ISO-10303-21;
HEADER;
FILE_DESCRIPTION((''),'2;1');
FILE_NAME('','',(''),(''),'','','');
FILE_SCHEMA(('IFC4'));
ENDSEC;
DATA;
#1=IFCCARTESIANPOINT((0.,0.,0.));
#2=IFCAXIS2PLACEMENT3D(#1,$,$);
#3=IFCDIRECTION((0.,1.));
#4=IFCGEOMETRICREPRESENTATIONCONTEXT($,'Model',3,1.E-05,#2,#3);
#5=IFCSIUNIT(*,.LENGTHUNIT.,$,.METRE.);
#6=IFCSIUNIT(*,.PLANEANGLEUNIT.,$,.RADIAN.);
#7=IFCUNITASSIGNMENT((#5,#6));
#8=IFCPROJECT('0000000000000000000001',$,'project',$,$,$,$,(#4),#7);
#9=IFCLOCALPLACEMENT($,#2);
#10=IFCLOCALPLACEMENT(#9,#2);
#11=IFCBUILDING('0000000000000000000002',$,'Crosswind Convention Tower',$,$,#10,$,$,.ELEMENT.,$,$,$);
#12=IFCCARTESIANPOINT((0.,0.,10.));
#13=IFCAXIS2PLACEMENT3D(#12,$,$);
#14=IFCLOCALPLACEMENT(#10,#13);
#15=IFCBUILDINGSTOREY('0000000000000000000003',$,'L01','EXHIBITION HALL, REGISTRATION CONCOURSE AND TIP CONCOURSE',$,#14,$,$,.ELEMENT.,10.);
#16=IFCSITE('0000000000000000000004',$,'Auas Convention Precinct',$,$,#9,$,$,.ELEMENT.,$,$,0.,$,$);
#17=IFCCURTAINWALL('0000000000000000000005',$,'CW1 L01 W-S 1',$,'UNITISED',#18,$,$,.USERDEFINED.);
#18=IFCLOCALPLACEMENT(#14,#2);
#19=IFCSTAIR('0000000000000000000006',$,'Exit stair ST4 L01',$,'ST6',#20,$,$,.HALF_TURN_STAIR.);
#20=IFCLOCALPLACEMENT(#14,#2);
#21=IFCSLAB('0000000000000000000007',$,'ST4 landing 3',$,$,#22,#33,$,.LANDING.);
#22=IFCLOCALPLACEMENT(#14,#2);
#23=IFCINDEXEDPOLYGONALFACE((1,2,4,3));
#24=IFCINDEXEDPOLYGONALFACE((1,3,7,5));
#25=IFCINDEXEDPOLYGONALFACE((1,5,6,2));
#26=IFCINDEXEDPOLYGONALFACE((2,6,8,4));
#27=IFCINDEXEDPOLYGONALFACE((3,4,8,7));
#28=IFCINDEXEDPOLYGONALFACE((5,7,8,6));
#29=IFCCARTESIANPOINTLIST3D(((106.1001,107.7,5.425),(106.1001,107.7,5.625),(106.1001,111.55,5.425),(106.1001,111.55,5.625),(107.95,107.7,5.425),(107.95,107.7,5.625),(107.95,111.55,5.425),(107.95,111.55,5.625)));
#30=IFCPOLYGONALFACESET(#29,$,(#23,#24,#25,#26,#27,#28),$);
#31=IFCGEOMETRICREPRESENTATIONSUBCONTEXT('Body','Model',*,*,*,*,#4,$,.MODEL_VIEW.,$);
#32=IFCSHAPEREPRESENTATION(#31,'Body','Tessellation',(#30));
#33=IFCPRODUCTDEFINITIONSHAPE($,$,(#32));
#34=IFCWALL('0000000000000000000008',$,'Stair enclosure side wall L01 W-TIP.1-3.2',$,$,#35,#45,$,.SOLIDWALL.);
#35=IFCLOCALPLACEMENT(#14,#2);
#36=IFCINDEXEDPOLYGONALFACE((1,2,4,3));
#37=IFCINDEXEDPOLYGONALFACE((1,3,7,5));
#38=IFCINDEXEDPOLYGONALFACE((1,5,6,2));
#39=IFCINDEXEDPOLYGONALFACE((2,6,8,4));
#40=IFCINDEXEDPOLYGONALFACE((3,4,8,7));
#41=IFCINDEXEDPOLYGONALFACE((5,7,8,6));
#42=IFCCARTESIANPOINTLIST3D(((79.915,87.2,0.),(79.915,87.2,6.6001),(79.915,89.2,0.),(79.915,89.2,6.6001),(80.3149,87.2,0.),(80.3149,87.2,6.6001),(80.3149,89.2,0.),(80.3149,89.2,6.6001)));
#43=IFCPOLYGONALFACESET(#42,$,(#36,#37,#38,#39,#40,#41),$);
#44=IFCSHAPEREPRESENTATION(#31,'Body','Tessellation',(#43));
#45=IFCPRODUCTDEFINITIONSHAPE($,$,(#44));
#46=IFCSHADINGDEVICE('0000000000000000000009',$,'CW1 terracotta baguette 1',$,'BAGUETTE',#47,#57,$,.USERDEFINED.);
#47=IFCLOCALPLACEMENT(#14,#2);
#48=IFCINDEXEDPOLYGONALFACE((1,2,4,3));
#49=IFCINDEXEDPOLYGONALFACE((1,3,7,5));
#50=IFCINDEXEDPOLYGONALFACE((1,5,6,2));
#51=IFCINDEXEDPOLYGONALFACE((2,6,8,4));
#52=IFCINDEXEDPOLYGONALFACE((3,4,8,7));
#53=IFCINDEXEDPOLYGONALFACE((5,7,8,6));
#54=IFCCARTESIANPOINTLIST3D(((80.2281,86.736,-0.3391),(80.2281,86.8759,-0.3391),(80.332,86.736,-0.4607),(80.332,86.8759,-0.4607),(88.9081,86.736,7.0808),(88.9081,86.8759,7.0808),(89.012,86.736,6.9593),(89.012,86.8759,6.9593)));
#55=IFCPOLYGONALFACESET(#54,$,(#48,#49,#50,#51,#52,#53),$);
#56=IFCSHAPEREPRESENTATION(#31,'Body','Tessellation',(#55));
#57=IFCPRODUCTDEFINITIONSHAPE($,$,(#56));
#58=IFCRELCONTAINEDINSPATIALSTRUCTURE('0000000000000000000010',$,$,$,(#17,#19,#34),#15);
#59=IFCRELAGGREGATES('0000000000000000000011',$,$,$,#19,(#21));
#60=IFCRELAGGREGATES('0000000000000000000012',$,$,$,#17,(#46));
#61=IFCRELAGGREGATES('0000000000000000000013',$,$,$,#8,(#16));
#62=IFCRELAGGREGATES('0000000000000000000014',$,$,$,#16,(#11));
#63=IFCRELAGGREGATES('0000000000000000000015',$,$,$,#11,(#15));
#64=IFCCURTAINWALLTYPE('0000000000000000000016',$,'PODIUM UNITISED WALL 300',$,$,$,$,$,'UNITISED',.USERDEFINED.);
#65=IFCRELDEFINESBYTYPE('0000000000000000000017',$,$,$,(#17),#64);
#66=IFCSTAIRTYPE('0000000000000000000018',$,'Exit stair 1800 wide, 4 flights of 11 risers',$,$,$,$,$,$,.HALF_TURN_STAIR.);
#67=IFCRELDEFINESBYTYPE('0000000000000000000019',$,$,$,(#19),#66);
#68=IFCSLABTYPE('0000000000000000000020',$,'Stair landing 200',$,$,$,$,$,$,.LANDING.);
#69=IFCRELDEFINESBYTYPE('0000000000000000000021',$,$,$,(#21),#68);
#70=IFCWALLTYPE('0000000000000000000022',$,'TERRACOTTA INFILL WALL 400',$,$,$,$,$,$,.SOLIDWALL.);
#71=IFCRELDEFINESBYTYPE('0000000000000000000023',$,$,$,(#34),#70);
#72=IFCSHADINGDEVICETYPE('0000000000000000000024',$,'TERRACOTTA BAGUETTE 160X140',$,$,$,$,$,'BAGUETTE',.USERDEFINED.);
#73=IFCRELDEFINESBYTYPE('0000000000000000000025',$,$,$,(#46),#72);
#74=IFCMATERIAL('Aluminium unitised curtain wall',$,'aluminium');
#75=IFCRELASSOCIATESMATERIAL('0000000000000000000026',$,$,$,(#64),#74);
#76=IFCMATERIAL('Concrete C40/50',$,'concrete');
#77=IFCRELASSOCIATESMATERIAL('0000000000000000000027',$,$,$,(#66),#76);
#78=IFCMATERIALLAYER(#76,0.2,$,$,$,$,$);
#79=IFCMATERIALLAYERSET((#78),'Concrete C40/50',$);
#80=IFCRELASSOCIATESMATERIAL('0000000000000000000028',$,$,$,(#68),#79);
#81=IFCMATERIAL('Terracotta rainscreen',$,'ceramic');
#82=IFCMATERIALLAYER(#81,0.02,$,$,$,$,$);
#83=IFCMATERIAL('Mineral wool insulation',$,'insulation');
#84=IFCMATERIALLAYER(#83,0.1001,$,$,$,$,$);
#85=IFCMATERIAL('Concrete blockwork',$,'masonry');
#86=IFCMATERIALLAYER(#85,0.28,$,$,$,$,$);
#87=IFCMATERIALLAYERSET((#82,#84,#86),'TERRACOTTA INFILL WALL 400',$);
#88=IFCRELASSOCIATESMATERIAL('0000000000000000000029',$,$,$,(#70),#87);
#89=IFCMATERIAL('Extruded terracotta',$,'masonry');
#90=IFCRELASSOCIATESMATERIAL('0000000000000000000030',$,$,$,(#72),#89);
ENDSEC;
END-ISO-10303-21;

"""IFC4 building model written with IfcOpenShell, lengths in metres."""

from ifc_helpers import new_model, si_unit, direction, frame, frame_2d, origin, origin_2d, place, context, subcontext, project, spatial, polyline, rectangle, outline, extrude, material, layer, layer_set, material_profile, profile_set, type_object, element, aggregate, save


model = new_model("IFC4")

# Units and contexts
model_context = context("Model", 3, precision=1e-05, world=origin(), true_north=direction((0.0, 1.0)))
body_context = subcontext(model_context, "Body", "Model", "MODEL_VIEW")
ifc_project = project(units=[si_unit("LENGTHUNIT", "METRE"), si_unit("PLANEANGLEUNIT", "RADIAN")], contexts=[model_context])

# Site, building, storey
site_placement = place(None, origin())
site = spatial("IfcSite", under=ifc_project, at=site_placement, Name="Auas Convention Precinct", CompositionType="ELEMENT", RefElevation=0.0)
building_placement = place(site_placement, origin())
building = spatial("IfcBuilding", under=site, at=building_placement, Name="Crosswind Convention Tower", CompositionType="ELEMENT")
storey_placement = place(building_placement, frame((0.0, 0.0, 10.0)))
storey = spatial("IfcBuildingStorey", under=building, at=storey_placement, Name="L01", Description="EXHIBITION HALL, REGISTRATION CONCOURSE AND TIP CONCOURSE", CompositionType="ELEMENT", Elevation=10.0)

# Curtain wall
ifc_material_1 = material(Name="Aluminium unitised curtain wall", Category="aluminium")
curtain_wall_type = type_object("IfcCurtainWallType", Name="PODIUM UNITISED WALL 300", ElementType="UNITISED", PredefinedType="USERDEFINED", material=ifc_material_1)
curtain_wall_placement = place(storey_placement, origin())
curtain_wall = element("IfcCurtainWall", 1, at=curtain_wall_placement, inside=storey, type_object=curtain_wall_type, Name="CW1 L01 W-S 1", ObjectType="UNITISED", PredefinedType="USERDEFINED")

# Shared definitions
ifc_material_2 = material(Name="Concrete C40/50", Category="concrete")

# Stair, slab
stair_type_1 = type_object("IfcStairType", Name="Exit stair 1800 wide, 4 flights of 11 risers", PredefinedType="HALF_TURN_STAIR", material=ifc_material_2)
ifc_layer_1 = layer(ifc_material_2, 0.2)
ifc_layer_set_1 = layer_set([ifc_layer_1], Name="Concrete C40/50")
slab_type_1 = type_object("IfcSlabType", Name="Stair landing 200", PredefinedType="LANDING", material=ifc_layer_set_1)
stair_1_placement = place(storey_placement, origin())
stair_1 = element("IfcStair", 2, at=stair_1_placement, inside=storey, type_object=stair_type_1, Name="Exit stair ST4 L01", ObjectType="ST6", PredefinedType="HALF_TURN_STAIR")
slab_1_placement = place(storey_placement, frame((0.0, 0.0, 5.425)))
slab_1 = element("IfcSlab", 3, at=slab_1_placement, type_object=slab_type_1, Name="ST4 landing 3", PredefinedType="LANDING", context=body_context, shape_type="SweptSolid", body=[
    extrude(outline(polyline([(107.95, 107.7), (107.95, 111.55), (106.1001, 111.55), (106.1001, 107.7), (107.95, 107.7)])), origin(), (0.0, 0.0, 1.0), 0.2),
])
aggregate(stair_1, [slab_1])

# Wall
ifc_material_3 = material(Name="Terracotta rainscreen", Category="ceramic")
ifc_layer_2 = layer(ifc_material_3, 0.02)
ifc_material_4 = material(Name="Mineral wool insulation", Category="insulation")
ifc_layer_3 = layer(ifc_material_4, 0.1001)
ifc_material_5 = material(Name="Concrete blockwork", Category="masonry")
ifc_layer_4 = layer(ifc_material_5, 0.28)
ifc_layer_set_2 = layer_set([ifc_layer_2, ifc_layer_3, ifc_layer_4], Name="TERRACOTTA INFILL WALL 400")
wall_type = type_object("IfcWallType", Name="TERRACOTTA INFILL WALL 400", PredefinedType="SOLIDWALL", material=ifc_layer_set_2)
wall_placement = place(storey_placement, frame((80.115, 89.2, 0.0), z_axis=(0.0, 0.0, 1.0), x_axis=(0.0, -1.0, 0.0)))
element("IfcWall", 4, at=wall_placement, inside=storey, type_object=wall_type, Name="Stair enclosure side wall L01 W-TIP.1-3.2", PredefinedType="SOLIDWALL", context=body_context, shape_type="SweptSolid", body=[
    extrude(rectangle(XDim=2.0, YDim=0.3999, at=frame_2d((1.0, 0.0))), origin(), (0.0, 0.0, 1.0), 6.6001),
])

# Shading device
ifc_material_6 = material(Name="Extruded terracotta", Category="masonry")
ifc_material_profile_1 = material_profile(ifc_material_6, rectangle(XDim=0.1399, YDim=0.1599, at=origin_2d()), Name="TC 140X160")
ifc_profile_set_1 = profile_set([ifc_material_profile_1], Name="Extruded terracotta")
shading_device_type = type_object("IfcShadingDeviceType", Name="TERRACOTTA BAGUETTE 160X140", ElementType="BAGUETTE", PredefinedType="USERDEFINED", material=ifc_profile_set_1)
shading_device_placement = place(storey_placement, frame((80.28, 86.8059, -0.3999), z_axis=(0.760122, 0.0, 0.64978), x_axis=(0.0, 1.0, 0.0)))
shading_device = element("IfcShadingDevice", 5, at=shading_device_placement, type_object=shading_device_type, Name="CW1 terracotta baguette 1", ObjectType="BAGUETTE", PredefinedType="USERDEFINED", context=body_context, shape_type="SweptSolid", body=[
    extrude(rectangle(XDim=0.1399, YDim=0.1599, at=origin_2d()), origin(), (0.0, 0.0, 1.0), 11.4192),
])
aggregate(curtain_wall, [shading_device])

save(model, "model.ifc")
